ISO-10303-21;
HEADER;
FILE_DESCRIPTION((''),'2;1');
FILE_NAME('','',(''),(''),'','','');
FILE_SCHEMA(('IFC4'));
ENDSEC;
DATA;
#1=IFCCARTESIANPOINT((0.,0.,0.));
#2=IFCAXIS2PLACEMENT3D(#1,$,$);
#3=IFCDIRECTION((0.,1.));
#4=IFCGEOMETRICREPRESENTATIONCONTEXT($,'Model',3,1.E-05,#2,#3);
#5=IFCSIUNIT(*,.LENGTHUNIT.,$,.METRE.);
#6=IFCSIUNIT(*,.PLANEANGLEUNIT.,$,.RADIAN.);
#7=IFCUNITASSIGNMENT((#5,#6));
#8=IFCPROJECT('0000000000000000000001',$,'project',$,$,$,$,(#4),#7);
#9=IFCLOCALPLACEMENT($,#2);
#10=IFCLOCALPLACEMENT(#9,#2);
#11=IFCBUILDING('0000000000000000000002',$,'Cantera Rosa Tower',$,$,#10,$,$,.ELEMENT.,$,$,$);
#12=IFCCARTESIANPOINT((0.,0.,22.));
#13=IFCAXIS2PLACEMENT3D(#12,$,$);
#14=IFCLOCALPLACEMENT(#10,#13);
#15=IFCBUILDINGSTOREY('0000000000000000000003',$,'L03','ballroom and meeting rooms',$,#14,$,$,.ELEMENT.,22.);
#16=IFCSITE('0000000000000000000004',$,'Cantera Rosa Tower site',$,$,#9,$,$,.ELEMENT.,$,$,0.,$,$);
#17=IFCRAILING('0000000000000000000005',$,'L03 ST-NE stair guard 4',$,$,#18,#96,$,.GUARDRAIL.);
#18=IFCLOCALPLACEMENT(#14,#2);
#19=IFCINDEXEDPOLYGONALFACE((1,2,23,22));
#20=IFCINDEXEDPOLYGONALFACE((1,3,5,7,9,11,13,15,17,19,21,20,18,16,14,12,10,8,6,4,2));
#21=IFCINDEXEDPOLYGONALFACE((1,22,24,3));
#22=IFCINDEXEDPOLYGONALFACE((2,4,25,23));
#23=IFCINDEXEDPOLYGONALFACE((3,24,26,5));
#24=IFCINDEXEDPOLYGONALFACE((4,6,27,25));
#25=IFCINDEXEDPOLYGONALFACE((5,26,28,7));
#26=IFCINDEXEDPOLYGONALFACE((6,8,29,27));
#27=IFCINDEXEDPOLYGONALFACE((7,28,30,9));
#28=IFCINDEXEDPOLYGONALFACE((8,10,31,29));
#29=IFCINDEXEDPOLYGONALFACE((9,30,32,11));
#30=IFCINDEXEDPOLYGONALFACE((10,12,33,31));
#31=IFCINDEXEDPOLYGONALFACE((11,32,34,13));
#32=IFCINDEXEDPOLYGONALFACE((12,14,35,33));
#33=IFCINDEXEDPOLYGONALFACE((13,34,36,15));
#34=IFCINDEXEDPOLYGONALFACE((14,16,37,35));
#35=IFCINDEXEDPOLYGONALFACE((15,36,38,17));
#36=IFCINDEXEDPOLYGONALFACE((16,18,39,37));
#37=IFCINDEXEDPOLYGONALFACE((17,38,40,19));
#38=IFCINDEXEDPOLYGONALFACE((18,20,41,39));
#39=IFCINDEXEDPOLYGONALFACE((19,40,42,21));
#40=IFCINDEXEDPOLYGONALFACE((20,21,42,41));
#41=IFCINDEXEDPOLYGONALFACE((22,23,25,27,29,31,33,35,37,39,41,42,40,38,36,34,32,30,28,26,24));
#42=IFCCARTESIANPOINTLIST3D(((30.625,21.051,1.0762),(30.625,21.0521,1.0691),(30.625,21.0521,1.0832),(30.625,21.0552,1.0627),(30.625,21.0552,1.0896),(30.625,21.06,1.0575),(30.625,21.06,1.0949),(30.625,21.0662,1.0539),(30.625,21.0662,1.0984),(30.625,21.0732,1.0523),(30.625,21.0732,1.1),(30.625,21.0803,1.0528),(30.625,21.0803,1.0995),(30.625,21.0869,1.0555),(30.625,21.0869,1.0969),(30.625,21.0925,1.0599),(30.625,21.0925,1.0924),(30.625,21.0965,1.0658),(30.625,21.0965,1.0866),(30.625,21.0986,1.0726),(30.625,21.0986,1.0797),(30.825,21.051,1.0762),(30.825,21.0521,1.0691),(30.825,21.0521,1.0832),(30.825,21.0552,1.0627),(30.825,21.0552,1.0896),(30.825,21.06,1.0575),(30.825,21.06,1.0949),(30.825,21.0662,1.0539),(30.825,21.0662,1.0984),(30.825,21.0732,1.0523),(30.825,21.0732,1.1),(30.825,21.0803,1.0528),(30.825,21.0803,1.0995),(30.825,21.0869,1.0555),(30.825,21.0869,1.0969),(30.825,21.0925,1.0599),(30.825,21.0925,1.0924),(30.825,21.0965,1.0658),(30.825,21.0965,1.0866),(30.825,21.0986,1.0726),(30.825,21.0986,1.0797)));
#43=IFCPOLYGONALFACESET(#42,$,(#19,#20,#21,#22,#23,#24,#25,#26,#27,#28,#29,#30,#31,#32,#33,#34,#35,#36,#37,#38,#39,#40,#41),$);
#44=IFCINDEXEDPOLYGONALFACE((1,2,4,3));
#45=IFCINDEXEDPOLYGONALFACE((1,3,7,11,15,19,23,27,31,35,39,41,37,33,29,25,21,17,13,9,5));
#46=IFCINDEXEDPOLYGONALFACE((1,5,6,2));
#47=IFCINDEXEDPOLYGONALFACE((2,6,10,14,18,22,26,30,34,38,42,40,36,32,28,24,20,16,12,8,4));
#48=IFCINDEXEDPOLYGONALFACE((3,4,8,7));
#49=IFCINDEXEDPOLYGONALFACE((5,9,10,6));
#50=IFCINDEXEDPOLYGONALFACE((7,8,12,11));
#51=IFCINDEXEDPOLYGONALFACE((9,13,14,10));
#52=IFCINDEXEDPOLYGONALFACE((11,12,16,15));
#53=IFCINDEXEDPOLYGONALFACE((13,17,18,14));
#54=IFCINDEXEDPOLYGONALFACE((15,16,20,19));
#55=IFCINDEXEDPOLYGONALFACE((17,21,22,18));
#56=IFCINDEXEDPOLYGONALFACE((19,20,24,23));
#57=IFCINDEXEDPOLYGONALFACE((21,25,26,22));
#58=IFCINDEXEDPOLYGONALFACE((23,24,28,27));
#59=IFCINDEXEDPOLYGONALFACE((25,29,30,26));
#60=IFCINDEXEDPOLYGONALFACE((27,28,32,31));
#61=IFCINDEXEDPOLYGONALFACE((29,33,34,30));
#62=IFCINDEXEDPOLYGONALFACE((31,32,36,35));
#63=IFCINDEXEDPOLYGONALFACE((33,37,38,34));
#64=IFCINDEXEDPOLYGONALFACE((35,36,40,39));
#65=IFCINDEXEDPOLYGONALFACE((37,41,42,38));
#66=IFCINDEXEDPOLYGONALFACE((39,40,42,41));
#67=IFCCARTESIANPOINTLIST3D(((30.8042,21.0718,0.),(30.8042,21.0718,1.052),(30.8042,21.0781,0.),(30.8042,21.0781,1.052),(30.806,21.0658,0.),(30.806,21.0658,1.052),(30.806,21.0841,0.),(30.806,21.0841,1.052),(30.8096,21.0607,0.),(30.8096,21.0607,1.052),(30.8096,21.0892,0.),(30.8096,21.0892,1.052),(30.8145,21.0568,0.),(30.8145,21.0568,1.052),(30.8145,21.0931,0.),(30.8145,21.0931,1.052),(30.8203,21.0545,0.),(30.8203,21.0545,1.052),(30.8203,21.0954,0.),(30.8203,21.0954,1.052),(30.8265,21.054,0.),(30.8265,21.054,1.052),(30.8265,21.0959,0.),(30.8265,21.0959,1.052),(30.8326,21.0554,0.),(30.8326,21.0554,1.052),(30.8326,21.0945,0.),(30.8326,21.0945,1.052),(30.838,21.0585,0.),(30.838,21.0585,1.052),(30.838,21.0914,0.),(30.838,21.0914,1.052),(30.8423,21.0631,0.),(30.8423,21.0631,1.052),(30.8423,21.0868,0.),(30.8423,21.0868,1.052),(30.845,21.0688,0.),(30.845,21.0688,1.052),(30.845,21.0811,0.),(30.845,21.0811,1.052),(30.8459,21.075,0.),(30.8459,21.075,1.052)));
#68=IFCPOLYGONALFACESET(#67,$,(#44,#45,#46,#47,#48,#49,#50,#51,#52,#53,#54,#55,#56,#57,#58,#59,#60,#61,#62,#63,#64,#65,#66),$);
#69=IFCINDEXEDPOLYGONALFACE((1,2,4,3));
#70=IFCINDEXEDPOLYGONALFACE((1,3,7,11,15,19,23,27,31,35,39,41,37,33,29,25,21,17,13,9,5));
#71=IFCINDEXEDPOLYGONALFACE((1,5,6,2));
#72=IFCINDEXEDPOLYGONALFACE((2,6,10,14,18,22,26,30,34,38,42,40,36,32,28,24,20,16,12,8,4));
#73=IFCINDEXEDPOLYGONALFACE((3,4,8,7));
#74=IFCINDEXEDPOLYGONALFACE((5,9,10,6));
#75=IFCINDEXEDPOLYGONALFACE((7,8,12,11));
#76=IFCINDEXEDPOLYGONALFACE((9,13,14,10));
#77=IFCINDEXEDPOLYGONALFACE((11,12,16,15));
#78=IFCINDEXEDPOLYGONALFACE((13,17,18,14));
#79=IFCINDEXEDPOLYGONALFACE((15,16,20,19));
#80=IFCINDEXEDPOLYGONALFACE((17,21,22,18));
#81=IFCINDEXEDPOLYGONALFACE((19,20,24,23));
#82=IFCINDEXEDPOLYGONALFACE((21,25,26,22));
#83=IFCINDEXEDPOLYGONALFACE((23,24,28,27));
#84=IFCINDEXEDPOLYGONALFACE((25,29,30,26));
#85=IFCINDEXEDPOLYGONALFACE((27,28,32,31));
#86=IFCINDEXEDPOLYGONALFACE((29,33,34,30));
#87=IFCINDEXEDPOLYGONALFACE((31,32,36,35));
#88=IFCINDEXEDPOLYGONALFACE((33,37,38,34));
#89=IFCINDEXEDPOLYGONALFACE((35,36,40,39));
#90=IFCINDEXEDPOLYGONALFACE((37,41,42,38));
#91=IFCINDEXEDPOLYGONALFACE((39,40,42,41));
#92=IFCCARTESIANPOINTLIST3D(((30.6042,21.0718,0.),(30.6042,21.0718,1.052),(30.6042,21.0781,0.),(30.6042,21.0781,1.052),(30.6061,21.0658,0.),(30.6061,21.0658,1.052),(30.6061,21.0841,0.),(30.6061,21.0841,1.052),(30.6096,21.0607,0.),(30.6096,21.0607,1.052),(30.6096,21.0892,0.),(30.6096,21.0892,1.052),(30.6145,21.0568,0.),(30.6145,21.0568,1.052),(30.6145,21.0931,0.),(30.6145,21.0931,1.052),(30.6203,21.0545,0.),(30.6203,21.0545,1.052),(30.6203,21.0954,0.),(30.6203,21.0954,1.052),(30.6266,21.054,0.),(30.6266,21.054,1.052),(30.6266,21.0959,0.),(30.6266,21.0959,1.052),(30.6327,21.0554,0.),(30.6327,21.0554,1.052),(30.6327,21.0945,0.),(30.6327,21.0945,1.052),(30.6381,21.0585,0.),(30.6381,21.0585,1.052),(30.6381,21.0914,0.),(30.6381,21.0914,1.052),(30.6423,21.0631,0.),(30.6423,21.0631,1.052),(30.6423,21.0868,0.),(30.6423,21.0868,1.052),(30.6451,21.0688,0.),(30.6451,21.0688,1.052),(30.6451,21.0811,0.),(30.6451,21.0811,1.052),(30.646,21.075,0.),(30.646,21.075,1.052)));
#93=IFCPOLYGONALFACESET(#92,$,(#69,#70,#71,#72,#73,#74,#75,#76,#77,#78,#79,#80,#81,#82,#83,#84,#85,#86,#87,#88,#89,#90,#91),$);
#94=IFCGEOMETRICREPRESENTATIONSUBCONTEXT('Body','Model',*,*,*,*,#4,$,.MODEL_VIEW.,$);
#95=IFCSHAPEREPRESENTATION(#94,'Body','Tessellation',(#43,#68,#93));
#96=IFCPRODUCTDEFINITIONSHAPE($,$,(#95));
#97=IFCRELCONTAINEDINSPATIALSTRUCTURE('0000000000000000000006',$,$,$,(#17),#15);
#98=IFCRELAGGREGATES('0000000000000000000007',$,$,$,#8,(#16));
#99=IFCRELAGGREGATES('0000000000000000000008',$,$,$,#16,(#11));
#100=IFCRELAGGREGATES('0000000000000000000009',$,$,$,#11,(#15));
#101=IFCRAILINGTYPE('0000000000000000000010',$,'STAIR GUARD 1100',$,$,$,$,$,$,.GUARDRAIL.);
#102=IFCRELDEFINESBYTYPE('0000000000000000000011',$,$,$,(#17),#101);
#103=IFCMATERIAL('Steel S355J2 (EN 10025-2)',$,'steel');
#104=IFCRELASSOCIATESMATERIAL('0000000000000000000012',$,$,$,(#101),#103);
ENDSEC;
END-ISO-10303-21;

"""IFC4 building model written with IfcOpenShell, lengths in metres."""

from ifc_helpers import new_model, si_unit, direction, frame, origin, origin_2d, place, context, subcontext, project, spatial, circle, extrude, material, type_object, element, save


model = new_model("IFC4")

# Units and contexts
model_context = context("Model", 3, precision=1e-05, world=origin(), true_north=direction((0.0, 1.0)))
body_context = subcontext(model_context, "Body", "Model", "MODEL_VIEW")
ifc_project = project(units=[si_unit("LENGTHUNIT", "METRE"), si_unit("PLANEANGLEUNIT", "RADIAN")], contexts=[model_context])

# Site, building, storey
site_placement = place(None, origin())
site = spatial("IfcSite", under=ifc_project, at=site_placement, Name="Cantera Rosa Tower site", CompositionType="ELEMENT", RefElevation=0.0)
building_placement = place(site_placement, origin())
building = spatial("IfcBuilding", under=site, at=building_placement, Name="Cantera Rosa Tower", CompositionType="ELEMENT")
storey_placement = place(building_placement, frame((0.0, 0.0, 22.0)))
storey = spatial("IfcBuildingStorey", under=building, at=storey_placement, Name="L03", Description="ballroom and meeting rooms", CompositionType="ELEMENT", Elevation=22.0)

# Railing
ifc_material_1 = material(Name="Steel S355J2 (EN 10025-2)", Category="steel")
railing_type_1 = type_object("IfcRailingType", Name="STAIR GUARD 1100", PredefinedType="GUARDRAIL", material=ifc_material_1)
railing_1_placement = place(storey_placement, frame((30.825, 21.075, 0.0)))
element("IfcRailing", 1, at=railing_1_placement, inside=storey, type_object=railing_type_1, Name="L03 ST-NE stair guard 4", PredefinedType="GUARDRAIL", context=body_context, shape_type="SweptSolid", body=[
    extrude(circle(Radius=0.0239, at=origin_2d()), frame((0.0, 0.0, 1.0762), z_axis=(-1.0, 0.0, 0.0), x_axis=(0.0, -1.0, 0.0)), (0.0, 0.0, 1.0), 0.2),
    extrude(circle(Radius=0.021, at=origin_2d()), origin(), (0.0, 0.0, 1.0), 1.052),
    extrude(circle(Radius=0.021, at=origin_2d()), frame((-0.2, 0.0, 0.0)), (0.0, 0.0, 1.0), 1.052),
])

save(model, "model.ifc")
